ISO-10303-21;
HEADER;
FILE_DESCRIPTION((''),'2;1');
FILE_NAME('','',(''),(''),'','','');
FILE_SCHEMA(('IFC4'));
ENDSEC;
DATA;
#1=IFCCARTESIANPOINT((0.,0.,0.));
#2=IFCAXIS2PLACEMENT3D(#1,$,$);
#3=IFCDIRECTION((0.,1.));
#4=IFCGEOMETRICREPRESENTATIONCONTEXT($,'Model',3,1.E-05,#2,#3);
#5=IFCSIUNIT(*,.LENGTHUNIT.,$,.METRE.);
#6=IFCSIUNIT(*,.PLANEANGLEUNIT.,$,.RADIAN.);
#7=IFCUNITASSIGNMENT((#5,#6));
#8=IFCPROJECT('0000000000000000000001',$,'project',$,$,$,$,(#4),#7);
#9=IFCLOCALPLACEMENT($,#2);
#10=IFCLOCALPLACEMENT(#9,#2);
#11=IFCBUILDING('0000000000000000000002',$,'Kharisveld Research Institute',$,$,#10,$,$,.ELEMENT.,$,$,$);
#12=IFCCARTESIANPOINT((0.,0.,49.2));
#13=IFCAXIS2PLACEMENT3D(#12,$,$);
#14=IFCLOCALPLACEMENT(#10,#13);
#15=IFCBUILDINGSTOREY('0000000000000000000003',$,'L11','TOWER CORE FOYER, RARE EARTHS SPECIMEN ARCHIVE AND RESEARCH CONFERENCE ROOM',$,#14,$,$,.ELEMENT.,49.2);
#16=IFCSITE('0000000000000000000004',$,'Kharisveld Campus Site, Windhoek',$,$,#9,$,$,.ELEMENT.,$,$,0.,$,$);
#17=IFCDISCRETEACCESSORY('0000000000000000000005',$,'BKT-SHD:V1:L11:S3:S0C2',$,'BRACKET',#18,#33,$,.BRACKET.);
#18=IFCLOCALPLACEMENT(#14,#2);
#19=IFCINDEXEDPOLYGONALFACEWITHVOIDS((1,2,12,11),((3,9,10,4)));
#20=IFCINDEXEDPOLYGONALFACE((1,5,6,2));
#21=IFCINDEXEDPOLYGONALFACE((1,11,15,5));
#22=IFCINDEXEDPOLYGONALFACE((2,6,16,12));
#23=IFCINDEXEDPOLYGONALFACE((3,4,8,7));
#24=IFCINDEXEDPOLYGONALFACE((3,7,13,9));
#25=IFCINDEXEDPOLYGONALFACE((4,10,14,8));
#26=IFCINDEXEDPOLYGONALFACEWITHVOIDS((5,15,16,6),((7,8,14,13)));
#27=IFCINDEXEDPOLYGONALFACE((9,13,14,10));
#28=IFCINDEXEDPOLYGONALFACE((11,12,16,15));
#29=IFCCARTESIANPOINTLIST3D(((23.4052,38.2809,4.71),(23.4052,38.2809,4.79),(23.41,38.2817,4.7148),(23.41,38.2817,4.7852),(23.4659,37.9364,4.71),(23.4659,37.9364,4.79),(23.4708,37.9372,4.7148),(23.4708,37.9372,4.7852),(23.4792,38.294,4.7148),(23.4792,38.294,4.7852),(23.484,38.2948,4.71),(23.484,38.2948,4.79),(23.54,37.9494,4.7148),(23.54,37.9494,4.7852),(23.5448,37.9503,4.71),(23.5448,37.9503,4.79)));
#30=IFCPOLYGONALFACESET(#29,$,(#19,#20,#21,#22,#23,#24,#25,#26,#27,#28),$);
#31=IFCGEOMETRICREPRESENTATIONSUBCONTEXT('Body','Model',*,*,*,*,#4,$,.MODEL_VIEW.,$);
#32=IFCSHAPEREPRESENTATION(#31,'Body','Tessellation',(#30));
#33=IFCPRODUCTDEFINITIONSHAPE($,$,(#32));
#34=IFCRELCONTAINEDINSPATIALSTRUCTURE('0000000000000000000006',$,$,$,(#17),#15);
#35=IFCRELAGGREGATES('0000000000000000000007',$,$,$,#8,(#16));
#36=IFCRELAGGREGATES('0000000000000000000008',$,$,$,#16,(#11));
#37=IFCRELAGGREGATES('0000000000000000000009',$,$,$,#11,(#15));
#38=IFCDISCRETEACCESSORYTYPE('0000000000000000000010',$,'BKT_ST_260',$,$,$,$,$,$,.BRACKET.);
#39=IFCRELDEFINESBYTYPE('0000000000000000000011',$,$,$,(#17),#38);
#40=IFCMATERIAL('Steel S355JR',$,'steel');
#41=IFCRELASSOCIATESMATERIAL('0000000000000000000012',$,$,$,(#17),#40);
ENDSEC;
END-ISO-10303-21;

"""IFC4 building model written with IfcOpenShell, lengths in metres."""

from ifc_helpers import new_model, si_unit, direction, frame, origin, origin_2d, place, context, subcontext, project, spatial, hollow_rectangle, extrude, material, type_object, element, save


model = new_model("IFC4")

# Units and contexts
model_context = context("Model", 3, precision=1e-05, world=origin(), true_north=direction((0.0, 1.0)))
body_context = subcontext(model_context, "Body", "Model", "MODEL_VIEW")
ifc_project = project(units=[si_unit("LENGTHUNIT", "METRE"), si_unit("PLANEANGLEUNIT", "RADIAN")], contexts=[model_context])

# Site, building, storey
site_placement = place(None, origin())
site = spatial("IfcSite", under=ifc_project, at=site_placement, Name="Kharisveld Campus Site, Windhoek", CompositionType="ELEMENT", RefElevation=0.0)
building_placement = place(site_placement, origin())
building = spatial("IfcBuilding", under=site, at=building_placement, Name="Kharisveld Research Institute", CompositionType="ELEMENT")
storey_placement = place(building_placement, frame((0.0, 0.0, 49.2)))
storey = spatial("IfcBuildingStorey", under=building, at=storey_placement, Name="L11", Description="TOWER CORE FOYER, RARE EARTHS SPECIMEN ARCHIVE AND RESEARCH CONFERENCE ROOM", CompositionType="ELEMENT", Elevation=49.2)

# Discrete accessory
ifc_material_1 = material(Name="Steel S355JR", Category="steel")
discrete_accessory_type = type_object("IfcDiscreteAccessoryType", Name="BKT_ST_260", PredefinedType="BRACKET")
for number, where, z_axis, x_axis, name in (
    (1, (23.4446, 38.2878, 4.75), (0.173785, -0.984784, 0.0), (0.984784, 0.173785, 0.0), "BKT-SHD:V1:L11:S3:S0C2"),
):
    element("IfcDiscreteAccessory", number, at=place(storey_placement, frame(where, z_axis=z_axis, x_axis=x_axis)), inside=storey, type_object=discrete_accessory_type, material=ifc_material_1, Name=name, ObjectType="BRACKET", PredefinedType="BRACKET", context=body_context, shape_type="SweptSolid", body=[
        extrude(hollow_rectangle(XDim=0.0801, YDim=0.0801, WallThickness=0.0049, at=origin_2d()), origin(), (0.0, 0.0, 1.0), 0.3499),
    ])

save(model, "model.ifc")
